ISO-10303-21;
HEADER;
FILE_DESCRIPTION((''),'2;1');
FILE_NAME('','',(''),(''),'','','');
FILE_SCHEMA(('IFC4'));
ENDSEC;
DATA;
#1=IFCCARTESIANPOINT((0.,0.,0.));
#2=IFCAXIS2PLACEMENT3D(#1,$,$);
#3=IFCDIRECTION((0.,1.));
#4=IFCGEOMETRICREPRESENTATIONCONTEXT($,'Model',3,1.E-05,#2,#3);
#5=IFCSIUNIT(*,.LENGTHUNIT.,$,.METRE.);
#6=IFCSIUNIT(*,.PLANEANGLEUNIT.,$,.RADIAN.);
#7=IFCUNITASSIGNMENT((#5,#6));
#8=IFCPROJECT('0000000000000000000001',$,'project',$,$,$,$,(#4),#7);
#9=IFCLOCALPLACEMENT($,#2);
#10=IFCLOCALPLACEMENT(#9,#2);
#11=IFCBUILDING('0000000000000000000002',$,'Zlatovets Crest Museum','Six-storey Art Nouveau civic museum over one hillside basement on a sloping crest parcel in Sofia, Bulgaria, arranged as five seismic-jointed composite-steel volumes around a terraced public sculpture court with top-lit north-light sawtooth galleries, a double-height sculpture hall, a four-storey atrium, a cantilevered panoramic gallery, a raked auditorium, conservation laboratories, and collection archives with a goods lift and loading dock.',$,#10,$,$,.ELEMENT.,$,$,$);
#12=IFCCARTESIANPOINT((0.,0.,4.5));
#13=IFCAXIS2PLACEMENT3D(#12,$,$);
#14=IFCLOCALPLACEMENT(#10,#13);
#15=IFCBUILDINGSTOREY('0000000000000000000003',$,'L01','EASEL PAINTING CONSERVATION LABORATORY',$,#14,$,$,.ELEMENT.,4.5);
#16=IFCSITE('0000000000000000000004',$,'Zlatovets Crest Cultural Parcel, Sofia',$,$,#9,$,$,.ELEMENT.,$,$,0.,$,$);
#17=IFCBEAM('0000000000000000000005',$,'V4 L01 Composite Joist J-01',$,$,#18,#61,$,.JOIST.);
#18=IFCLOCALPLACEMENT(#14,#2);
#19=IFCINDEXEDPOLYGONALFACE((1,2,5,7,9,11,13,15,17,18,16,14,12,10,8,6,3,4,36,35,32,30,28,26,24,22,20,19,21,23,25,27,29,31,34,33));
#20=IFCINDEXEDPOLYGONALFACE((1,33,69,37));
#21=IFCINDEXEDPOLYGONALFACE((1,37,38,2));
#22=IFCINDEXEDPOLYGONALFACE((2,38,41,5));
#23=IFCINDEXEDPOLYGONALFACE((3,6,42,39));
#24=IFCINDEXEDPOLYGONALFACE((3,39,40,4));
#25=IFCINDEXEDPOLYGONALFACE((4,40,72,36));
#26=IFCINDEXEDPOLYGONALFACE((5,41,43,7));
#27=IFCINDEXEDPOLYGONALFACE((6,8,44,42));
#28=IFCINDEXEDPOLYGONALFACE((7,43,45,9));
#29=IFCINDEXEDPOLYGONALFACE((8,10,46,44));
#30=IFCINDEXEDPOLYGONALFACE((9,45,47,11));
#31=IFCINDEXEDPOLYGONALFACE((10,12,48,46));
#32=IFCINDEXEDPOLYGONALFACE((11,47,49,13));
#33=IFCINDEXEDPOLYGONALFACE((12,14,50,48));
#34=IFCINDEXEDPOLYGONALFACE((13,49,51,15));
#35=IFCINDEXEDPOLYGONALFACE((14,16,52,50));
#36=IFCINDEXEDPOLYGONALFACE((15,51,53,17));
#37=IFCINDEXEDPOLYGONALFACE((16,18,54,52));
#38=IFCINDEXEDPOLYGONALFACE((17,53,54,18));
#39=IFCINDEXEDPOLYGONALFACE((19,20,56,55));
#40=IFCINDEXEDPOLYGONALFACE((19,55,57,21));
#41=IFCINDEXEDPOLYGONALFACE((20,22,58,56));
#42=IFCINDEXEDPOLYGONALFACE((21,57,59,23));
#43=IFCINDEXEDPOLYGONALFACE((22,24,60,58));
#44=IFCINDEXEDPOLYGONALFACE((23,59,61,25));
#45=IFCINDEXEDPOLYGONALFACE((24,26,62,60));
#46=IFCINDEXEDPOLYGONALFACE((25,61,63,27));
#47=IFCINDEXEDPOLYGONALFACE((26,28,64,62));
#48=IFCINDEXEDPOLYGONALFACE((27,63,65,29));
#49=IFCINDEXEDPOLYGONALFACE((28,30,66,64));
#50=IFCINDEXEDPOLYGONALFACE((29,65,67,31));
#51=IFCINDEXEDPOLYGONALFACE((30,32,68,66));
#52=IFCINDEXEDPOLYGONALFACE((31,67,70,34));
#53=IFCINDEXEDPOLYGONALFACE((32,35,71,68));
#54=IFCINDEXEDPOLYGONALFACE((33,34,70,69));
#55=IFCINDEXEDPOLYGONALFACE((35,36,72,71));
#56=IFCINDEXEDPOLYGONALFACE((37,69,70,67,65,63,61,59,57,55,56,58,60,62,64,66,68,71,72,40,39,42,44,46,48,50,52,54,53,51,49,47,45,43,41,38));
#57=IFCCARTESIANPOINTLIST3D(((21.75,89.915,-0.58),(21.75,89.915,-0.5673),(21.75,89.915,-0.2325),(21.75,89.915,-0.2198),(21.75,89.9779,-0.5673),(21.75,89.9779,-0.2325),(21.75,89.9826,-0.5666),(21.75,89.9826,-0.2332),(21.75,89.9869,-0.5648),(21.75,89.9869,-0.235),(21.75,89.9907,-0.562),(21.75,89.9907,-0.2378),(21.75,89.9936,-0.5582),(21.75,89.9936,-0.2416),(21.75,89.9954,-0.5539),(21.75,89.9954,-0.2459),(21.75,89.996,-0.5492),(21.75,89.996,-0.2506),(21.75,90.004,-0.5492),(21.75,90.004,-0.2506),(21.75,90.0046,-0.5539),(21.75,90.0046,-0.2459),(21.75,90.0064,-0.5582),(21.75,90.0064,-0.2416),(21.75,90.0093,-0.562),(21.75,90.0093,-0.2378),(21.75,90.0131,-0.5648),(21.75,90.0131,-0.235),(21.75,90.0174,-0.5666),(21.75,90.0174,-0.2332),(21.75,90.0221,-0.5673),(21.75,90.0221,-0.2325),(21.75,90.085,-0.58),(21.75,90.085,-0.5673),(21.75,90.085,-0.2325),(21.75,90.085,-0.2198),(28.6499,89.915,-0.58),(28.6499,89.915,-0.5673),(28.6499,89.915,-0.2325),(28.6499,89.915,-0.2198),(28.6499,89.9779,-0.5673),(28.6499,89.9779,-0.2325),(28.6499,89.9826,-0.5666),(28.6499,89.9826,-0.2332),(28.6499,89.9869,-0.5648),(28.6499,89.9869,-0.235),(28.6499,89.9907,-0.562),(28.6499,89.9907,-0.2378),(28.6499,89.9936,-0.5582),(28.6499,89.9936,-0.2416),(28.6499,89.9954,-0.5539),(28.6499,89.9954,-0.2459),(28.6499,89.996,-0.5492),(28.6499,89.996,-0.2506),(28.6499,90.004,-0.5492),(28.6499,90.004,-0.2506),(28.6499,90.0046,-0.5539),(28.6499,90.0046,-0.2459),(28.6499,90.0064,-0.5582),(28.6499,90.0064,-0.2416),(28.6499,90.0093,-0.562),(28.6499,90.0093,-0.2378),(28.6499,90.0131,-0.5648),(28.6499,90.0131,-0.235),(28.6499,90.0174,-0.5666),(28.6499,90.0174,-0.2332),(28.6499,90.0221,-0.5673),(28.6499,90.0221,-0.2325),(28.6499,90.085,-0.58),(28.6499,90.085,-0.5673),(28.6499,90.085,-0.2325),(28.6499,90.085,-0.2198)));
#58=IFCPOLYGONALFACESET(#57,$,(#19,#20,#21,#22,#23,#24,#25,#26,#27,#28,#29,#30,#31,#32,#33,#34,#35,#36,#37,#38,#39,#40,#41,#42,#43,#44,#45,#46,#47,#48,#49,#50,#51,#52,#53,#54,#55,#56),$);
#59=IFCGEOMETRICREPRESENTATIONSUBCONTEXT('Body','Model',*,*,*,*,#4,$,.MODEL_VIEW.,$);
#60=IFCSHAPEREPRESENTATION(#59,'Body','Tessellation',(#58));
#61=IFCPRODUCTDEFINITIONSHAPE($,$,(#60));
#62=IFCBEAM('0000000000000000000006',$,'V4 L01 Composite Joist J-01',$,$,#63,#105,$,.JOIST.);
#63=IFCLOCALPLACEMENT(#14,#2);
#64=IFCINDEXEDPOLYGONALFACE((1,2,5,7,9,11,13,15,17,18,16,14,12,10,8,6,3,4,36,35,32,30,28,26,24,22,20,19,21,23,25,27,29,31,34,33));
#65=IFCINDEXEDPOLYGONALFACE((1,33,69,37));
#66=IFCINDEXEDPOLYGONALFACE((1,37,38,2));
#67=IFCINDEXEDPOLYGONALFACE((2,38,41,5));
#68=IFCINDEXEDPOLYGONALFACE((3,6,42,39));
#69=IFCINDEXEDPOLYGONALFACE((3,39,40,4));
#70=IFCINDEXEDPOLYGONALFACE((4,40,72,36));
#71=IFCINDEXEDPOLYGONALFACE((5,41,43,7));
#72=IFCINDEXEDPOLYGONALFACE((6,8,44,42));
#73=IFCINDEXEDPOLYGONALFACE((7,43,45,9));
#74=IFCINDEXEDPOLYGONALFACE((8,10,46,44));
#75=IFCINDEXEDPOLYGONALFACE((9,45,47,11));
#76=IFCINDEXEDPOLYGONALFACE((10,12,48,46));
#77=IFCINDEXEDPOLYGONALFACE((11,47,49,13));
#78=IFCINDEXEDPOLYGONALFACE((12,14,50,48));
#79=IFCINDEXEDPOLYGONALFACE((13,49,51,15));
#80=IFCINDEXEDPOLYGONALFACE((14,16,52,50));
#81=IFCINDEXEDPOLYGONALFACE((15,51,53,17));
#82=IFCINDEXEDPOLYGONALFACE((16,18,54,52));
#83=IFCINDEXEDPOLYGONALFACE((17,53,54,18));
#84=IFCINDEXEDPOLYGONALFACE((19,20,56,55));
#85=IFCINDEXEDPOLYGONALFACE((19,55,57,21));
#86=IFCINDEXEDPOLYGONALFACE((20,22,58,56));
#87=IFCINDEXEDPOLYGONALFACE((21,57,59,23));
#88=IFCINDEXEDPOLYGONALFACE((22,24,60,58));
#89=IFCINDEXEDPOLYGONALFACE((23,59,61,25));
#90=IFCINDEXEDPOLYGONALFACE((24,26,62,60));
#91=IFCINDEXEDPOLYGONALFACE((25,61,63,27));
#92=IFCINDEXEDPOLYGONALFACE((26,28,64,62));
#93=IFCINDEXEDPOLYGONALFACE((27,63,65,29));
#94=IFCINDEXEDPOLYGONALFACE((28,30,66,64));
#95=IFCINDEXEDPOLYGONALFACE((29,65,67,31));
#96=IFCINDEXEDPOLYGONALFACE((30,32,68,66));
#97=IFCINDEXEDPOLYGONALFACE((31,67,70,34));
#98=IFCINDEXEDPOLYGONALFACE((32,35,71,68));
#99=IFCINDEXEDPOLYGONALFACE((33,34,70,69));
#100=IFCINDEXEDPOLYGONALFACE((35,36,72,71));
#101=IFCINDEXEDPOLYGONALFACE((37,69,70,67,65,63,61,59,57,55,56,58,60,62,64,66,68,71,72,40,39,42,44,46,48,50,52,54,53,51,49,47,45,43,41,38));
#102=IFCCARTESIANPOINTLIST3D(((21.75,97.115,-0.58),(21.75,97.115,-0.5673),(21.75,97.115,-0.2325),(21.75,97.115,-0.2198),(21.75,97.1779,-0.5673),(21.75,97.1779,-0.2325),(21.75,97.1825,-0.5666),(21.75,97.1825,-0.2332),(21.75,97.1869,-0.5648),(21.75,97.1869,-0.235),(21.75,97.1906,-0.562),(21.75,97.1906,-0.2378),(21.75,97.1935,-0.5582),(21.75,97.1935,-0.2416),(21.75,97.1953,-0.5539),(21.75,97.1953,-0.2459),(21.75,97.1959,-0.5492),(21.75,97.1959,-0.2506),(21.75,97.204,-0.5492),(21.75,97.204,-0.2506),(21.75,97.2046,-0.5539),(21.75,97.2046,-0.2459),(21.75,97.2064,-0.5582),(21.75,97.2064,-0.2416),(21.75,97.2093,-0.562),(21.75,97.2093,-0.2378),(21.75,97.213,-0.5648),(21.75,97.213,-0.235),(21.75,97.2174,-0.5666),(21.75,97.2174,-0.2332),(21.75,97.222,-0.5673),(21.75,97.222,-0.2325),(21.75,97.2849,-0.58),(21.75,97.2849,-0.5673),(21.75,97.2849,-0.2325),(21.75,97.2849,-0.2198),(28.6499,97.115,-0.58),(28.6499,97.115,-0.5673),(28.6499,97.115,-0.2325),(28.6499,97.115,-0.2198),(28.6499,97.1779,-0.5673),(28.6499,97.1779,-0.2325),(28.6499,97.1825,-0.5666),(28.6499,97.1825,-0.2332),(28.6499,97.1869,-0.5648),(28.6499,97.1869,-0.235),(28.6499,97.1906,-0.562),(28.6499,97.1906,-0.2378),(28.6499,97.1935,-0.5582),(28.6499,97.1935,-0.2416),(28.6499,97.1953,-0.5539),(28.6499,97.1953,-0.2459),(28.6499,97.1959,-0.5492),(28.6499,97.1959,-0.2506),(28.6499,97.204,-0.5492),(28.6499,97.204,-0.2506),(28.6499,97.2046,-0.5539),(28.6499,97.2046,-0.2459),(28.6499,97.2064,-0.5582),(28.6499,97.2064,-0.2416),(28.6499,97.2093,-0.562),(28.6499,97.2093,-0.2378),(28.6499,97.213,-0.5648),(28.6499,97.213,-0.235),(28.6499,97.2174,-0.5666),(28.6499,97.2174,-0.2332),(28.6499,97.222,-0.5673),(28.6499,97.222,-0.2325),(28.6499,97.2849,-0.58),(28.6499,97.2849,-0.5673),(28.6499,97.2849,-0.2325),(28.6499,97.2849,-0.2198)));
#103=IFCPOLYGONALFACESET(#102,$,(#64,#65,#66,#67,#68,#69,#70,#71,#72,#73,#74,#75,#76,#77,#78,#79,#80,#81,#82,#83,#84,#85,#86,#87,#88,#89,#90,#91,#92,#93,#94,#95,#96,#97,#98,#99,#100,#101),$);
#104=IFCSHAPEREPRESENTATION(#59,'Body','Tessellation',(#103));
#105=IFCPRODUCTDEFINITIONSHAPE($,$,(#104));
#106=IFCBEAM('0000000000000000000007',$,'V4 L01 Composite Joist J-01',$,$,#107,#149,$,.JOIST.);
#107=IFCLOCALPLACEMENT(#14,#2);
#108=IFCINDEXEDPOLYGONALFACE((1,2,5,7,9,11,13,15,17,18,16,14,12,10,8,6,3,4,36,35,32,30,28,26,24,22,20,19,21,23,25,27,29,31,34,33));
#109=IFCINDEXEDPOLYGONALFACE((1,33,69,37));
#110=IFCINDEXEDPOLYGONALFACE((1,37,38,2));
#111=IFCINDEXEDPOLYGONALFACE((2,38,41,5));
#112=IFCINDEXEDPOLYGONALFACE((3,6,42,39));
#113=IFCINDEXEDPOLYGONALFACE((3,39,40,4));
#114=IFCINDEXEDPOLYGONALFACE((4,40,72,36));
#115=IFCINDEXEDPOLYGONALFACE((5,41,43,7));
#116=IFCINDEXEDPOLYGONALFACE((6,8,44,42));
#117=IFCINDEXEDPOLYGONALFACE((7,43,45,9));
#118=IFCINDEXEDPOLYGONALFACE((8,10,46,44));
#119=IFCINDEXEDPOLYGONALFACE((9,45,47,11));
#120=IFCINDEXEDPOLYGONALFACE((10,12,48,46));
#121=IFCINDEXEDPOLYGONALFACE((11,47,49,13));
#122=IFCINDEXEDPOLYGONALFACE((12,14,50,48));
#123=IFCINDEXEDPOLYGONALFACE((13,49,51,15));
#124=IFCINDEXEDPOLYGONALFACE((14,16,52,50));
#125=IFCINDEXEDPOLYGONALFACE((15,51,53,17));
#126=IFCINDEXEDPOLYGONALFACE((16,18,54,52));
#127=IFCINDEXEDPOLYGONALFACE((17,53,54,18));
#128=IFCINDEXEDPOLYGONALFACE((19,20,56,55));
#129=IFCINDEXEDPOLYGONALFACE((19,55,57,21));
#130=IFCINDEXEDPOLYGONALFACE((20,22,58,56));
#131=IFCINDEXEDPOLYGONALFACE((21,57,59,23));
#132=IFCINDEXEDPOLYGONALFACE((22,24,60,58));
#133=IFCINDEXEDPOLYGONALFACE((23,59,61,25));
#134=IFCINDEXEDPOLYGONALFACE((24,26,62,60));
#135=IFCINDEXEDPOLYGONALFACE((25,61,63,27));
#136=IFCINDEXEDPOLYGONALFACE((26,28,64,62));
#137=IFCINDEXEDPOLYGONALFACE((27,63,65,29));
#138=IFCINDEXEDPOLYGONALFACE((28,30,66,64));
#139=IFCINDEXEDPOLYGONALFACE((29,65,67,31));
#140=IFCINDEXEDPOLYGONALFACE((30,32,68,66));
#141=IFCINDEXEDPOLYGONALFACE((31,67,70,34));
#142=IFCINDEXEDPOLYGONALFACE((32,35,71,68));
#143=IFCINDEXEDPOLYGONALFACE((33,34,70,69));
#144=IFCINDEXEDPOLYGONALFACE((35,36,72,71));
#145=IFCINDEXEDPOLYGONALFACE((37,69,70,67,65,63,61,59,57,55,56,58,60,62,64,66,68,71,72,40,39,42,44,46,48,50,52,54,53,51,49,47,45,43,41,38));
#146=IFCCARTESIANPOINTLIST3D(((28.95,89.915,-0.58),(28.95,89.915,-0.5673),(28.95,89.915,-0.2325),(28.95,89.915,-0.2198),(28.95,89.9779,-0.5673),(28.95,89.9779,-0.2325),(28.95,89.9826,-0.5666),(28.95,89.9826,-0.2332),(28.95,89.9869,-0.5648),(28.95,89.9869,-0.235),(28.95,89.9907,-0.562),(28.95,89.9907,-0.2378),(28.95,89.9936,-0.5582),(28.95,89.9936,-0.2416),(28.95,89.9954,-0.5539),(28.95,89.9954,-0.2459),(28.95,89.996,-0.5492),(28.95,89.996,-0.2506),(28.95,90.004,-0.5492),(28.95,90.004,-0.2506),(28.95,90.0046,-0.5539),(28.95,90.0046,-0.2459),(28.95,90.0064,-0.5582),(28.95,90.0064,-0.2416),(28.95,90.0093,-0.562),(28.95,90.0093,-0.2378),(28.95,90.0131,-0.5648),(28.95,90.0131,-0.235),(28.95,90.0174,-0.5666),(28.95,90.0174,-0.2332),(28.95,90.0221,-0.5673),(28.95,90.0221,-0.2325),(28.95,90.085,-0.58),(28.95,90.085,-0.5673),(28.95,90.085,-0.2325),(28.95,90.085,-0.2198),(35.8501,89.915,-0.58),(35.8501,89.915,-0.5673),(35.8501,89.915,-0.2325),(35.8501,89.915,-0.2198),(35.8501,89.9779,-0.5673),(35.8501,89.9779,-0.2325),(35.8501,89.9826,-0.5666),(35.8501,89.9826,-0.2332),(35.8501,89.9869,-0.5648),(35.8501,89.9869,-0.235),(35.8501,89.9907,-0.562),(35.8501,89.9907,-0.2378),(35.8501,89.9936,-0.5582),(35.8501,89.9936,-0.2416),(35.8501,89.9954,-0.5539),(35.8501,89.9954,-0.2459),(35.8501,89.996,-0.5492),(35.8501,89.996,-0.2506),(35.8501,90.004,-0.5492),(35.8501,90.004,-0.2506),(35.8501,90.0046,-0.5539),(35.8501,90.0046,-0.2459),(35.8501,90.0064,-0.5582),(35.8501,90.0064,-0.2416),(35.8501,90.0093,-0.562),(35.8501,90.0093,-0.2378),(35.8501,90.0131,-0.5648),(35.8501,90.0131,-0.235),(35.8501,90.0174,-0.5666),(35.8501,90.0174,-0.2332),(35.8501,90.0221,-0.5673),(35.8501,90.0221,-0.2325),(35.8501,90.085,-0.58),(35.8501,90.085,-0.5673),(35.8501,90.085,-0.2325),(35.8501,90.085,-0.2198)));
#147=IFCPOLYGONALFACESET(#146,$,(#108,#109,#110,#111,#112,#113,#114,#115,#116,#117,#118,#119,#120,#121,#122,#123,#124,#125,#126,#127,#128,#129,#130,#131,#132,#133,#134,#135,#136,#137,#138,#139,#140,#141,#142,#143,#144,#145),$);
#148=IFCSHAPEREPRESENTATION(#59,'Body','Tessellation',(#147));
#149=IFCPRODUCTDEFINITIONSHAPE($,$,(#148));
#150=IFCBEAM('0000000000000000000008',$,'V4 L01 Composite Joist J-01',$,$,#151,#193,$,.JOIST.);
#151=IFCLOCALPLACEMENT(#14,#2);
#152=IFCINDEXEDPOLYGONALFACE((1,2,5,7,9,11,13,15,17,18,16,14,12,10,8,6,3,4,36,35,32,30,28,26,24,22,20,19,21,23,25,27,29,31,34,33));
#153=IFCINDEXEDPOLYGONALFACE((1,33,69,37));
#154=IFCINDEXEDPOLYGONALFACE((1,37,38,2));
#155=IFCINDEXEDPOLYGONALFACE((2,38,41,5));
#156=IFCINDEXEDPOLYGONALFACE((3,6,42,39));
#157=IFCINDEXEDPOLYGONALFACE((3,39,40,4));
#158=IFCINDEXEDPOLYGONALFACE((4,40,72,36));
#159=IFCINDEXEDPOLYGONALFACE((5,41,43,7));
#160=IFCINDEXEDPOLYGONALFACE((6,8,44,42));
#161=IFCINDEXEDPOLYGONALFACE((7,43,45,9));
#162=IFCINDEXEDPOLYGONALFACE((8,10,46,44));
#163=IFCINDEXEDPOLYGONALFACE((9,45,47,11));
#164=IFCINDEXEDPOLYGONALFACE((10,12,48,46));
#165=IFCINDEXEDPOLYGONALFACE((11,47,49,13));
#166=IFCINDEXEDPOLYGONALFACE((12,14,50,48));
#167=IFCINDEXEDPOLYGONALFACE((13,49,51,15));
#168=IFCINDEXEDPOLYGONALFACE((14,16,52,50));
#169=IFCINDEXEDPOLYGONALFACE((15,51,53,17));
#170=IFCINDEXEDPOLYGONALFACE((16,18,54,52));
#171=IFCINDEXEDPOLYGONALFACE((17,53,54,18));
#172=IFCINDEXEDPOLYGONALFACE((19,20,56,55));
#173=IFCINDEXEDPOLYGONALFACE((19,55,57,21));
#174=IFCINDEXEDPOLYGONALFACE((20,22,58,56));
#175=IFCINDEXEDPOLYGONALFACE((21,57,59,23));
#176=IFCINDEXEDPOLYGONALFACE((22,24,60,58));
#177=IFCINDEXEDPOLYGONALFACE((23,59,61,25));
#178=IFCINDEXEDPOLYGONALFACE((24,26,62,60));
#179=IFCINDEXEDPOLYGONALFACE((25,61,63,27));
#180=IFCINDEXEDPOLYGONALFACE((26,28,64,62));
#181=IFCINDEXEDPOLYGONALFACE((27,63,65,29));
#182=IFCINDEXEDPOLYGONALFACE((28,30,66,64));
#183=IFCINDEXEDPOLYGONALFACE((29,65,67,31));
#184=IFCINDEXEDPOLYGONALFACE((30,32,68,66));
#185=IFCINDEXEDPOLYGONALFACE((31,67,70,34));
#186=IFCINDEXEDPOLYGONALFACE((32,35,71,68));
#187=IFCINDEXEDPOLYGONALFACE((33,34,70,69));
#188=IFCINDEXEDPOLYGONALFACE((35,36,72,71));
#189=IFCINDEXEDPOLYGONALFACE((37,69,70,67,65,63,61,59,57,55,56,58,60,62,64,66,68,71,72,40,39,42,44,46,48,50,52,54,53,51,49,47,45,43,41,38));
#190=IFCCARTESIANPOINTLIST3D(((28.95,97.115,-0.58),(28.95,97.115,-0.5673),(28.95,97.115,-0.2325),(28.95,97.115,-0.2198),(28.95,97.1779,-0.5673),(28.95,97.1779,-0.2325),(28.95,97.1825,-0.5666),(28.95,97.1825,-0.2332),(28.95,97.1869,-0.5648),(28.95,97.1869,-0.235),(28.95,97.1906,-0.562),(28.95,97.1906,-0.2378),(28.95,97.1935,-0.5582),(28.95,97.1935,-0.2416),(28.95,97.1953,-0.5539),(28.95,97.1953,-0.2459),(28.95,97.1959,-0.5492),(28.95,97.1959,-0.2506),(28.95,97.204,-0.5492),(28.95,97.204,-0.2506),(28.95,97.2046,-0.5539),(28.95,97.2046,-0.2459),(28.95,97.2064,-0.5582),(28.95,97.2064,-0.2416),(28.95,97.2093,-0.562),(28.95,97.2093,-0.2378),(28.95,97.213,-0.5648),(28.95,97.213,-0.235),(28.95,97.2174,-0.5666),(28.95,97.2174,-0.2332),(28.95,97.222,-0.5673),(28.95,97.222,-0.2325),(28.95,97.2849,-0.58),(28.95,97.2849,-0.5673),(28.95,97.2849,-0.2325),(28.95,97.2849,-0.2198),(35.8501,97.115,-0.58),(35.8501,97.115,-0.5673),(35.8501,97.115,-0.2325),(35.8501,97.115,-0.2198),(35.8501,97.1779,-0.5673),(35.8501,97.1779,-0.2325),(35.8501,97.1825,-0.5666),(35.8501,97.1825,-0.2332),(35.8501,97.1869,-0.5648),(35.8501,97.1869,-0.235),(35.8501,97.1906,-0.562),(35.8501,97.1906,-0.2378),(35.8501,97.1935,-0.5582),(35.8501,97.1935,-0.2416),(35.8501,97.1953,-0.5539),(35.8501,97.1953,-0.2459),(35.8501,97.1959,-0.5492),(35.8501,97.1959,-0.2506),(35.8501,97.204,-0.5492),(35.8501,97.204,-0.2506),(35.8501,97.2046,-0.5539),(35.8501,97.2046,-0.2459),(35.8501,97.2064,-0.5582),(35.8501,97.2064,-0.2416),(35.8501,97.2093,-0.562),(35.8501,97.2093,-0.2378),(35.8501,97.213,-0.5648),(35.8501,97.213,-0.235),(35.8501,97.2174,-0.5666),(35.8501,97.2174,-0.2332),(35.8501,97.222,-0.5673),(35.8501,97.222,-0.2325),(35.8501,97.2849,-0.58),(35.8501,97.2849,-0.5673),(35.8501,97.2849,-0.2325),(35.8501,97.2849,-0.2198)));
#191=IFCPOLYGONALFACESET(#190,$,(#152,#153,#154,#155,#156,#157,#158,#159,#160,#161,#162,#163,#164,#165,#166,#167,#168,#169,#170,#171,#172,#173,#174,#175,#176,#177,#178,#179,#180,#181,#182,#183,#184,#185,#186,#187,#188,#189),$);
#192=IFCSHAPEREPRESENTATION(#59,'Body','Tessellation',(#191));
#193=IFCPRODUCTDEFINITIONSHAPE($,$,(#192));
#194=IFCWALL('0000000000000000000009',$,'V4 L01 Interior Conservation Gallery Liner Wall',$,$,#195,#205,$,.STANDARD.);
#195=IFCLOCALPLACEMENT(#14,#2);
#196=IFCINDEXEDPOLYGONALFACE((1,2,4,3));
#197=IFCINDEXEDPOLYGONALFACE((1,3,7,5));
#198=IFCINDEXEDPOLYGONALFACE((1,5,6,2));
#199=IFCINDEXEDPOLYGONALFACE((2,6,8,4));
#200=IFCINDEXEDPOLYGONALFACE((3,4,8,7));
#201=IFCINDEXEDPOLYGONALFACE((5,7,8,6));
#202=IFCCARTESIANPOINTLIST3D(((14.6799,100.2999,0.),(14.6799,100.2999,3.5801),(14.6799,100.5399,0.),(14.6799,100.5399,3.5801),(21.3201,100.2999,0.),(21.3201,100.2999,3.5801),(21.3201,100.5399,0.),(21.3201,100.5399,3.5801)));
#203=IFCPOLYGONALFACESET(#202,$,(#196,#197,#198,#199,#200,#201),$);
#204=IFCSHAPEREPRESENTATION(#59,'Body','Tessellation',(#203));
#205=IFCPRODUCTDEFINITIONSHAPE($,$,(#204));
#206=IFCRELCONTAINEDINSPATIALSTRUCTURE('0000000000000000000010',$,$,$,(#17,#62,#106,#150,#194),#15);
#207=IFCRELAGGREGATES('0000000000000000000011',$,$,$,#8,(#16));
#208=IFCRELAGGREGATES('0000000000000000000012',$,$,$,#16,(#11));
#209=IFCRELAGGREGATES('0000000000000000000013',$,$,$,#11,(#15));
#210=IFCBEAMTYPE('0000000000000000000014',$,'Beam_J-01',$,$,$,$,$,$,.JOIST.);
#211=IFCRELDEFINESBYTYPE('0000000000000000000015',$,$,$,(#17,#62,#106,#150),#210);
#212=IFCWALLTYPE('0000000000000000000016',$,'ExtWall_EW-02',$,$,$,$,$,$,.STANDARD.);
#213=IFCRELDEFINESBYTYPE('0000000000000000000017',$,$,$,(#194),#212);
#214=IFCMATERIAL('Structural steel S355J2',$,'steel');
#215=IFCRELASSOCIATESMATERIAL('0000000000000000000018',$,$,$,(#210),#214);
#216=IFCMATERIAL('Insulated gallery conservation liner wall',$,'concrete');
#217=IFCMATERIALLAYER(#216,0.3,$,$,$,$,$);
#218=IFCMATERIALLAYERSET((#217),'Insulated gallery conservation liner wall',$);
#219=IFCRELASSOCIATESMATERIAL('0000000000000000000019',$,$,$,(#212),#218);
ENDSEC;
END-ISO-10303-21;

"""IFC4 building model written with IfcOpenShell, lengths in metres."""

from ifc_helpers import new_model, si_unit, direction, frame, frame_2d, origin, origin_2d, place, context, subcontext, project, spatial, rectangle, i_section, extrude, material, layer, layer_set, material_profile, profile_set, type_object, element, save


model = new_model("IFC4")

# Units and contexts
model_context = context("Model", 3, precision=1e-05, world=origin(), true_north=direction((0.0, 1.0)))
body_context = subcontext(model_context, "Body", "Model", "MODEL_VIEW")
ifc_project = project(units=[si_unit("LENGTHUNIT", "METRE"), si_unit("PLANEANGLEUNIT", "RADIAN")], contexts=[model_context])

# Site, building, storey
site_placement = place(None, origin())
site = spatial("IfcSite", under=ifc_project, at=site_placement, Name="Zlatovets Crest Cultural Parcel, Sofia", CompositionType="ELEMENT", RefElevation=0.0)
building_placement = place(site_placement, origin())
building = spatial("IfcBuilding", under=site, at=building_placement, Name="Zlatovets Crest Museum", Description="Six-storey Art Nouveau civic museum over one hillside basement on a sloping crest parcel in Sofia, Bulgaria, arranged as five seismic-jointed composite-steel volumes around a terraced public sculpture court with top-lit north-light sawtooth galleries, a double-height sculpture hall, a four-storey atrium, a cantilevered panoramic gallery, a raked auditorium, conservation laboratories, and collection archives with a goods lift and loading dock.", CompositionType="ELEMENT")
storey_placement = place(building_placement, frame((0.0, 0.0, 4.5)))
storey = spatial("IfcBuildingStorey", under=building, at=storey_placement, Name="L01", Description="EASEL PAINTING CONSERVATION LABORATORY", CompositionType="ELEMENT", Elevation=4.5)

# Shared definitions
ifc_material_1 = material(Name="Structural steel S355J2", Category="steel")

# Beams
ifc_material_profile_1 = material_profile(ifc_material_1, i_section(OverallWidth=0.1699, OverallDepth=0.3601, WebThickness=0.0081, FlangeThickness=0.0127, FilletRadius=0.0181, at=origin_2d()), Name="IPE 360")
ifc_profile_set_1 = profile_set([ifc_material_profile_1], Name="Structural steel S355J2")
beam_type_1 = type_object("IfcBeamType", Name="Beam_J-01", PredefinedType="JOIST", material=ifc_profile_set_1)
for number, where, z_axis, x_axis, name in (
    (1, (21.75, 90.0, -0.3999), (1.0, 0.0, 0.0), (0.0, 1.0, 0.0), "V4 L01 Composite Joist J-01"),
    (2, (21.75, 97.2, -0.3999), (1.0, 0.0, 0.0), (0.0, 1.0, 0.0), "V4 L01 Composite Joist J-01"),
):
    element("IfcBeam", number, at=place(storey_placement, frame(where, z_axis=z_axis, x_axis=x_axis)), inside=storey, type_object=beam_type_1, Name=name, PredefinedType="JOIST", context=body_context, shape_type="SweptSolid", body=[
        extrude(i_section(OverallWidth=0.1699, OverallDepth=0.3601, WebThickness=0.0081, FlangeThickness=0.0127, FilletRadius=0.0181, at=origin_2d()), origin(), (0.0, 0.0, 1.0), 6.8999),
    ])
for number, where, z_axis, x_axis, name in (
    (3, (28.95, 90.0, -0.3999), (1.0, 0.0, 0.0), (0.0, 1.0, 0.0), "V4 L01 Composite Joist J-01"),
    (4, (28.95, 97.2, -0.3999), (1.0, 0.0, 0.0), (0.0, 1.0, 0.0), "V4 L01 Composite Joist J-01"),
):
    element("IfcBeam", number, at=place(storey_placement, frame(where, z_axis=z_axis, x_axis=x_axis)), inside=storey, type_object=beam_type_1, Name=name, PredefinedType="JOIST", context=body_context, shape_type="SweptSolid", body=[
        extrude(i_section(OverallWidth=0.1699, OverallDepth=0.3601, WebThickness=0.0081, FlangeThickness=0.0127, FilletRadius=0.0181, at=origin_2d()), origin(), (0.0, 0.0, 1.0), 6.9001),
    ])

# Wall
ifc_material_2 = material(Name="Insulated gallery conservation liner wall", Category="concrete")
ifc_layer_1 = layer(ifc_material_2, 0.3)
ifc_layer_set_1 = layer_set([ifc_layer_1], Name="Insulated gallery conservation liner wall")
wall_type_1 = type_object("IfcWallType", Name="ExtWall_EW-02", PredefinedType="STANDARD", material=ifc_layer_set_1)
wall_1_placement = place(storey_placement, frame((21.3201, 100.4199, 0.0), z_axis=(0.0, 0.0, 1.0), x_axis=(-1.0, 0.0, 0.0)))
element("IfcWall", 5, at=wall_1_placement, inside=storey, type_object=wall_type_1, Name="V4 L01 Interior Conservation Gallery Liner Wall", PredefinedType="STANDARD", context=body_context, shape_type="SweptSolid", body=[
    extrude(rectangle(XDim=6.6401, YDim=0.24, at=frame_2d((3.3201, 0.0))), origin(), (0.0, 0.0, 1.0), 3.5801),
])

save(model, "model.ifc")
